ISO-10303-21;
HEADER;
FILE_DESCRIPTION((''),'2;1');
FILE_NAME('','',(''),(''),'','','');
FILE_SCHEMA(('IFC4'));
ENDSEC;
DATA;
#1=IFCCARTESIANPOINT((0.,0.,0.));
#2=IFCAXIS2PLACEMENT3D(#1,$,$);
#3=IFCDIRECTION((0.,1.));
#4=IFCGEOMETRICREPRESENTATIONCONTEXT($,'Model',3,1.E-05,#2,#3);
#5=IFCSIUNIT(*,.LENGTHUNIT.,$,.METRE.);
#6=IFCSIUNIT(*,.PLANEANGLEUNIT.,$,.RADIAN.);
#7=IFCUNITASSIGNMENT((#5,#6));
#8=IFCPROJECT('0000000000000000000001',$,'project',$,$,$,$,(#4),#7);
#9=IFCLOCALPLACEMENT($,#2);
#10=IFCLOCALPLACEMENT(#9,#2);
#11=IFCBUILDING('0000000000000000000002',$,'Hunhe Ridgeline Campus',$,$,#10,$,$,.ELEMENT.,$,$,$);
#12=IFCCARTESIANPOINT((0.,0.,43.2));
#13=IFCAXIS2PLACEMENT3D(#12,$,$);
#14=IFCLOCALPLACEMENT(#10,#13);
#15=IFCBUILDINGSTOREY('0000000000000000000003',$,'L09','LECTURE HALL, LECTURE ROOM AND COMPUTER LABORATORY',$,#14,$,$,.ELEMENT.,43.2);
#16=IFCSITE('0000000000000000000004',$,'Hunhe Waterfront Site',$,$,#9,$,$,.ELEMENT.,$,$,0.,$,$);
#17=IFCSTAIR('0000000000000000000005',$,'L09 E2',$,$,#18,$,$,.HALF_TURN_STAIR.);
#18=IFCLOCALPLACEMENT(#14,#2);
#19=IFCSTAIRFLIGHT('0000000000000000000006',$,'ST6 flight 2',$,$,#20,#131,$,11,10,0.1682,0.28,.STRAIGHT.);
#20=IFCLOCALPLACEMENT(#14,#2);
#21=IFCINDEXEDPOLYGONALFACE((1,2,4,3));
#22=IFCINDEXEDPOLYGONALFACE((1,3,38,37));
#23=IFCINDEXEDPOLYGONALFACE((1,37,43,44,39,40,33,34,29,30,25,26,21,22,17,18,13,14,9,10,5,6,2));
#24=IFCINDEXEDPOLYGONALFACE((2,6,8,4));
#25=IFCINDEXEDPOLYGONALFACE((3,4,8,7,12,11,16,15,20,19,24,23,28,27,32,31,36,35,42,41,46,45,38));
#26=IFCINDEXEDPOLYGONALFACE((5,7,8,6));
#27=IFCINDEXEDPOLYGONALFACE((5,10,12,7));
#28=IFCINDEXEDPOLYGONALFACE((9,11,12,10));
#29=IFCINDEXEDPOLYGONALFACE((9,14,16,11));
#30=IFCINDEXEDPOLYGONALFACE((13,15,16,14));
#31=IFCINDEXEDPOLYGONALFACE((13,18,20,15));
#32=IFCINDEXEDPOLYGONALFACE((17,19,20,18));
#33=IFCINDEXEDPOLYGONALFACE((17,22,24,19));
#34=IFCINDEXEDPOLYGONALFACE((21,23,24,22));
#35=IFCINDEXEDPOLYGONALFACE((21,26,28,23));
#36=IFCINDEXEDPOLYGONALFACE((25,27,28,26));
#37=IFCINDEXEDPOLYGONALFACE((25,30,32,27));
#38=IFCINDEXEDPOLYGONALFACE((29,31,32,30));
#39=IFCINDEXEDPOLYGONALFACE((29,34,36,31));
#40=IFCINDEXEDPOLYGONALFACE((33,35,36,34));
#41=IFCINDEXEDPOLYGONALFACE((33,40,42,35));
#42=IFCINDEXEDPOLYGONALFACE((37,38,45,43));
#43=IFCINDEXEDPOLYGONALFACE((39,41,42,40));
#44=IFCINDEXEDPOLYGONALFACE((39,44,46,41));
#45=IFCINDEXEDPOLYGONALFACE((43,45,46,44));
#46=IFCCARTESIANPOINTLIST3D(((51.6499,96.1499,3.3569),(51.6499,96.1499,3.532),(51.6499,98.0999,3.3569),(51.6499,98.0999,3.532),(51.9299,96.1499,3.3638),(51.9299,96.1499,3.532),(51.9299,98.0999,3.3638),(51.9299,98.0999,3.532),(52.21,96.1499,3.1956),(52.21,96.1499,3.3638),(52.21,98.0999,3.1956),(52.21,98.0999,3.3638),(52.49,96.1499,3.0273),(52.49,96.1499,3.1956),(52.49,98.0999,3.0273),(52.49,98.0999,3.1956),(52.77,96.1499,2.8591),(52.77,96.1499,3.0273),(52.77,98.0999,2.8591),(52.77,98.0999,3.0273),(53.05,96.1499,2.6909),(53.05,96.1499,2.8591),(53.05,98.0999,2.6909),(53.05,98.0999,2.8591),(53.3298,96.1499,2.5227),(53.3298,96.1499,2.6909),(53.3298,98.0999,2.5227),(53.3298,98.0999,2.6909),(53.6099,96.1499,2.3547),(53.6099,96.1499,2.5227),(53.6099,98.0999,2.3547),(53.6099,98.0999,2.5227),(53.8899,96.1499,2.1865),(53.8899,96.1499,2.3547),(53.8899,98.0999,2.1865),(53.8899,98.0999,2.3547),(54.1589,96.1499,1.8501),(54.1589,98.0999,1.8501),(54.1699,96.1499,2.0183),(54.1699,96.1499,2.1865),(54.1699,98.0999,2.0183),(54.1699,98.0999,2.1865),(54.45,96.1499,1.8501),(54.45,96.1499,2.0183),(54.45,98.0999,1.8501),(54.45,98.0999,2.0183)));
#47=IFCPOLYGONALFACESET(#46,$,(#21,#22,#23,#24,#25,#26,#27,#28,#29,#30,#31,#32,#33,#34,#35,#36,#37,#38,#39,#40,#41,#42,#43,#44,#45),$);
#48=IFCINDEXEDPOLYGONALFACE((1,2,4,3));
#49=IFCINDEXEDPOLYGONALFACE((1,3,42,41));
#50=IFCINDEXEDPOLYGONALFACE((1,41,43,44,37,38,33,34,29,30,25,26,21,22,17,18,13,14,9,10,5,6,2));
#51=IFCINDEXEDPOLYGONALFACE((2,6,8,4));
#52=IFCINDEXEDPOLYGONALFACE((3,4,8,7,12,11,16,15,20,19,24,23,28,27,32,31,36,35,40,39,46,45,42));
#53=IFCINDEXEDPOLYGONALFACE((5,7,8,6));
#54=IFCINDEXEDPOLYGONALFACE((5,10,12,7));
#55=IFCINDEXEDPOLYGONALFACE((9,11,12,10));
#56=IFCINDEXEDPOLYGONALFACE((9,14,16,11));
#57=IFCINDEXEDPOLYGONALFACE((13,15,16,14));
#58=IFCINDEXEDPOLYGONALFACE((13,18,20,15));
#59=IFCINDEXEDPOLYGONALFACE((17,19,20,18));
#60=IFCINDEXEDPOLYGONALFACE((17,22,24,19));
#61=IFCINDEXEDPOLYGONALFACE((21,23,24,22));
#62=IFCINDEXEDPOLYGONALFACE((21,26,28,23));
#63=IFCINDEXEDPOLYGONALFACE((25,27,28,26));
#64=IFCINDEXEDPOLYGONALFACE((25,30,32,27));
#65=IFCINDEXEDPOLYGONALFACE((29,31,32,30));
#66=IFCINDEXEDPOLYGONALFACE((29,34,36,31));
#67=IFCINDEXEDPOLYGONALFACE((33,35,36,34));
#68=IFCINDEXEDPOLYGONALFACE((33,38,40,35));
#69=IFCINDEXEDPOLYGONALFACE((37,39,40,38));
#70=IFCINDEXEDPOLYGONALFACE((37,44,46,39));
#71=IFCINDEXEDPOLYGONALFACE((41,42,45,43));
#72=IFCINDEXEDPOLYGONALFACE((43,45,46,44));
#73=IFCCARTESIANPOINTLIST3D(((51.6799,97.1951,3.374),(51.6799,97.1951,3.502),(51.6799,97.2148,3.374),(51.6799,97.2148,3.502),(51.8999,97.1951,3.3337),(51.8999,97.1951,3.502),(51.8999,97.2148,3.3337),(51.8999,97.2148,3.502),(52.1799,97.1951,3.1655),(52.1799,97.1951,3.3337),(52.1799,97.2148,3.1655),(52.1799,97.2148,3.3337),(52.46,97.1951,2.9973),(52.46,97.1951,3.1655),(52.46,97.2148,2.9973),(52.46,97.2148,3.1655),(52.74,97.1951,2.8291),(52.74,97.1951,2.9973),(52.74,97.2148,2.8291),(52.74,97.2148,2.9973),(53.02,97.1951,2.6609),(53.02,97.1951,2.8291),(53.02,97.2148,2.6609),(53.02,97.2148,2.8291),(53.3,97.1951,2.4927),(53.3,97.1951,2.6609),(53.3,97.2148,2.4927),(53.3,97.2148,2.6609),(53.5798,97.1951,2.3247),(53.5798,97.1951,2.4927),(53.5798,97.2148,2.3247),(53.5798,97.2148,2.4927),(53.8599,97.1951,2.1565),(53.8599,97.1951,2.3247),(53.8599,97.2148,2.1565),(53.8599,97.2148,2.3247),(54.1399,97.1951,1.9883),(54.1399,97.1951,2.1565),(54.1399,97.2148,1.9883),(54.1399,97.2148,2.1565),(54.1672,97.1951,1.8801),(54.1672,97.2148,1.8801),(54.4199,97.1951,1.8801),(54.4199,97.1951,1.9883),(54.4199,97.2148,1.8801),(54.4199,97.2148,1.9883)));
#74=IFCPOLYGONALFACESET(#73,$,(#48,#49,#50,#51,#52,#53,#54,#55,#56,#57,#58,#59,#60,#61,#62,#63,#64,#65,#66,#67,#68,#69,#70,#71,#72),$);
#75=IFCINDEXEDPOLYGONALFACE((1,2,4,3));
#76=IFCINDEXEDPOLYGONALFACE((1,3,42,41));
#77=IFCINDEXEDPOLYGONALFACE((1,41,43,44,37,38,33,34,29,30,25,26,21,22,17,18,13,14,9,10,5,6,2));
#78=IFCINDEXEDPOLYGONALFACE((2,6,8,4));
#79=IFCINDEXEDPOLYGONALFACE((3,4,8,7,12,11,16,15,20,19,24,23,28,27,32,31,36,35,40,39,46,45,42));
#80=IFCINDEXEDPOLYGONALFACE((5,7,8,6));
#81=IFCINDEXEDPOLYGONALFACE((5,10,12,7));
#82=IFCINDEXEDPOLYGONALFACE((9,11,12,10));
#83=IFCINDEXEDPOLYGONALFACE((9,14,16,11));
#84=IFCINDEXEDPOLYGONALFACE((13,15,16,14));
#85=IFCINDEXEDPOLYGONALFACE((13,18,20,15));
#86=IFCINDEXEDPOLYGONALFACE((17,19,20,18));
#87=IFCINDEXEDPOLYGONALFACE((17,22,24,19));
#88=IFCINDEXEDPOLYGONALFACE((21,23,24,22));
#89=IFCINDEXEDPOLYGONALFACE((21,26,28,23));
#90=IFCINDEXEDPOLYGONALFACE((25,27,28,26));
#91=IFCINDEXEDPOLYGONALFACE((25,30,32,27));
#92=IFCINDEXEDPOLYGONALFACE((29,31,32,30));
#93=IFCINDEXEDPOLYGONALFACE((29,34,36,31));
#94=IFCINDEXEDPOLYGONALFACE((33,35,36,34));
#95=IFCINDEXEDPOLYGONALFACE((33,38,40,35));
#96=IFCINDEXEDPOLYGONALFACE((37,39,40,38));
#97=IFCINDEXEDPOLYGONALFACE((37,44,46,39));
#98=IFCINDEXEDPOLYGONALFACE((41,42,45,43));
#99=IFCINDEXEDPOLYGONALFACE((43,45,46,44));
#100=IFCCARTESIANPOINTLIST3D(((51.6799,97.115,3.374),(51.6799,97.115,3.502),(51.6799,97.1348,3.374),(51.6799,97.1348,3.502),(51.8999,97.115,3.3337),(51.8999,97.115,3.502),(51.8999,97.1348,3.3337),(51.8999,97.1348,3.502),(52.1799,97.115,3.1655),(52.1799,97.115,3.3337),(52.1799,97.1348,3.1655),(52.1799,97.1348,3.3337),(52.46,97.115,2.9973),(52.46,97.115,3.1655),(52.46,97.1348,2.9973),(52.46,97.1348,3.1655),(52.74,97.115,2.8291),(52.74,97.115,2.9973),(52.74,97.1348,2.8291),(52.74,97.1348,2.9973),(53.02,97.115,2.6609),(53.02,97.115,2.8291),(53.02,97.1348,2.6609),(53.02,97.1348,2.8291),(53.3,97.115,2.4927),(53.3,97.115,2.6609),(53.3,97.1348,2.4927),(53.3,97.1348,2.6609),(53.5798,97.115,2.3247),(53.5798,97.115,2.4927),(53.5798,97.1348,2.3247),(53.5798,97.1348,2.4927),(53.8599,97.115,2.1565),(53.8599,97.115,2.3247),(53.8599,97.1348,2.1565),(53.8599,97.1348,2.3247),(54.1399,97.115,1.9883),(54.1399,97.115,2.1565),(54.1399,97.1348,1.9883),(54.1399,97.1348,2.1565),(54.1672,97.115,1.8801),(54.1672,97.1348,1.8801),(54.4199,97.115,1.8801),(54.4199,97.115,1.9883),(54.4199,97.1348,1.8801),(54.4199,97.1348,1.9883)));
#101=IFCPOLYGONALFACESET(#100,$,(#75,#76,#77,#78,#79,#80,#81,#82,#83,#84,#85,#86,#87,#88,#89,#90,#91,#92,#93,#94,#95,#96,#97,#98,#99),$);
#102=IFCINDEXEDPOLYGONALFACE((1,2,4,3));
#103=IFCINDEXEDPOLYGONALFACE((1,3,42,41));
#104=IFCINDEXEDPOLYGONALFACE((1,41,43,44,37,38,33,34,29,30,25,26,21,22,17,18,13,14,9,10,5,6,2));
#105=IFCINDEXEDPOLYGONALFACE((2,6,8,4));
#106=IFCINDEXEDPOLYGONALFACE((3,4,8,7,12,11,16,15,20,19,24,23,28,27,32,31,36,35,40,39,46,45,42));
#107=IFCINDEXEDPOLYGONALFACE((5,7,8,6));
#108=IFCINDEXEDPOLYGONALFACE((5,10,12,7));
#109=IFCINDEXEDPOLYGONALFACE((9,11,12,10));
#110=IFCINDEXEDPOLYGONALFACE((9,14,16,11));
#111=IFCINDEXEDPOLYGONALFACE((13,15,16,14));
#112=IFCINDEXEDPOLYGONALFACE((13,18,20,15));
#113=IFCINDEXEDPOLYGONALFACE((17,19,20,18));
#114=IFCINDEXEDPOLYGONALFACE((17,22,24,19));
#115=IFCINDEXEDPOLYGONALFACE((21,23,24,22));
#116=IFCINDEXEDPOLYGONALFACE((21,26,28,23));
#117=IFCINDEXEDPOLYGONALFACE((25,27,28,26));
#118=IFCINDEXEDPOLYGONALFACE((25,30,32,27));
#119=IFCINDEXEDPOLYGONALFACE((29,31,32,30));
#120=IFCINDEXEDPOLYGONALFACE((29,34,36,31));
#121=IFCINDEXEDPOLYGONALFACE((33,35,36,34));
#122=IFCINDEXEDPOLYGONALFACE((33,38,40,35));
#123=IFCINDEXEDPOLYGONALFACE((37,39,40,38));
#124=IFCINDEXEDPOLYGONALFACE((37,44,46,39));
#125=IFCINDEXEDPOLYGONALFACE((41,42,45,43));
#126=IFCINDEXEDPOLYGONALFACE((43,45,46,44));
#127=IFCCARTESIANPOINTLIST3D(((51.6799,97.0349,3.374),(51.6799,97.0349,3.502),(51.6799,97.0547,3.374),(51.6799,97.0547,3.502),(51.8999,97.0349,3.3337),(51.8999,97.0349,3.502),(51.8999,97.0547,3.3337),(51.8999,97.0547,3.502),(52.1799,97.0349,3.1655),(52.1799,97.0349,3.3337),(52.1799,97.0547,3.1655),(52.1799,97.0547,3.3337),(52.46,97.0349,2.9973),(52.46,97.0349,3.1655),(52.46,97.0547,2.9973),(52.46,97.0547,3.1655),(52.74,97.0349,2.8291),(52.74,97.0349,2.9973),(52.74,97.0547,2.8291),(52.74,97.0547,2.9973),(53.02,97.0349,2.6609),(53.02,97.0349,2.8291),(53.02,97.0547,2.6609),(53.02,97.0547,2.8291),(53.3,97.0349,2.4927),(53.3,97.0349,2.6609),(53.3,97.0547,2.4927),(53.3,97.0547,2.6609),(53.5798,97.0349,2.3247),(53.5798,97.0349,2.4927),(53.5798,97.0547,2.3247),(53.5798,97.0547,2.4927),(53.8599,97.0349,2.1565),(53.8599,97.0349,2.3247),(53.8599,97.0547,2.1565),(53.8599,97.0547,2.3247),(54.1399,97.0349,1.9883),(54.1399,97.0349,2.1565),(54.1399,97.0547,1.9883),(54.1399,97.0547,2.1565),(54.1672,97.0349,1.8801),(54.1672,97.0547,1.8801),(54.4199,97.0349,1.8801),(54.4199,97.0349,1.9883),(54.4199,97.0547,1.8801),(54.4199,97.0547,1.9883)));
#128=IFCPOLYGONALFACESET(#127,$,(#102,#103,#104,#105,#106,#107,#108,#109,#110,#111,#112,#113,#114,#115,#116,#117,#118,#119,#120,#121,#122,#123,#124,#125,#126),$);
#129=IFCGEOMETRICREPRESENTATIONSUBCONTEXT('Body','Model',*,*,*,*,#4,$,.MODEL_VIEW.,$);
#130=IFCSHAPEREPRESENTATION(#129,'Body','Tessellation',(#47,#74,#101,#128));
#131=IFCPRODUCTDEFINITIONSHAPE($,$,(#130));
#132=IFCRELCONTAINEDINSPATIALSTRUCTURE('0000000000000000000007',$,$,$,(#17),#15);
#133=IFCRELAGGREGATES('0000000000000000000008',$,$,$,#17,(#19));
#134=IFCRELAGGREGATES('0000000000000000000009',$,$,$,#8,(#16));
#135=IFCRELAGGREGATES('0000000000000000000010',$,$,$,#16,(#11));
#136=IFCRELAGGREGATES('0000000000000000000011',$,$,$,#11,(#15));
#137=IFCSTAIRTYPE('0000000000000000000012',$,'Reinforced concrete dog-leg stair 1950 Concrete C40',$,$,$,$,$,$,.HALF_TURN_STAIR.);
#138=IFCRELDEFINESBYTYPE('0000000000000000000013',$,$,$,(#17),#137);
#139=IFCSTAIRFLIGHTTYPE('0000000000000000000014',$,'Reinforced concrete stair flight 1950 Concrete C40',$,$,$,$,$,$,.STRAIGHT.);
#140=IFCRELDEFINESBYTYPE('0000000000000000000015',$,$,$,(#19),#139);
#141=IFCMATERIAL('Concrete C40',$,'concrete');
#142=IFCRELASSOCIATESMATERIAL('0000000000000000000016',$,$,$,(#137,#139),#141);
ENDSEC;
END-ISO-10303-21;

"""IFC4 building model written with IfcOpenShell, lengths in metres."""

from ifc_helpers import new_model, si_unit, direction, frame, origin, place, context, subcontext, project, spatial, polyline, outline, extrude, material, type_object, element, aggregate, save


model = new_model("IFC4")

# Units and contexts
model_context = context("Model", 3, precision=1e-05, world=origin(), true_north=direction((0.0, 1.0)))
body_context = subcontext(model_context, "Body", "Model", "MODEL_VIEW")
ifc_project = project(units=[si_unit("LENGTHUNIT", "METRE"), si_unit("PLANEANGLEUNIT", "RADIAN")], contexts=[model_context])

# Site, building, storey
site_placement = place(None, origin())
site = spatial("IfcSite", under=ifc_project, at=site_placement, Name="Hunhe Waterfront Site", CompositionType="ELEMENT", RefElevation=0.0)
building_placement = place(site_placement, origin())
building = spatial("IfcBuilding", under=site, at=building_placement, Name="Hunhe Ridgeline Campus", CompositionType="ELEMENT")
storey_placement = place(building_placement, frame((0.0, 0.0, 43.2)))
storey = spatial("IfcBuildingStorey", under=building, at=storey_placement, Name="L09", Description="LECTURE HALL, LECTURE ROOM AND COMPUTER LABORATORY", CompositionType="ELEMENT", Elevation=43.2)

# Stair, stair flight
ifc_material_1 = material(Name="Concrete C40", Category="concrete")
stair_type = type_object("IfcStairType", Name="Reinforced concrete dog-leg stair 1950 Concrete C40", PredefinedType="HALF_TURN_STAIR", material=ifc_material_1)
stair_flight_type = type_object("IfcStairFlightType", Name="Reinforced concrete stair flight 1950 Concrete C40", PredefinedType="STRAIGHT", material=ifc_material_1)
stair_1_placement = place(storey_placement, origin())
stair_1 = element("IfcStair", 1, at=stair_1_placement, inside=storey, type_object=stair_type, Name="L09 E2", PredefinedType="HALF_TURN_STAIR")
stair_flight_1_placement = place(storey_placement, frame((54.45, 97.125, 1.8501), z_axis=(0.0, 0.0, 1.0), x_axis=(-1.0, 0.0, 0.0)))
stair_flight_1 = element("IfcStairFlight", 2, at=stair_flight_1_placement, type_object=stair_flight_type, Name="ST6 flight 2", NumberOfRisers=11, NumberOfTreads=10, PredefinedType="STRAIGHT", RiserHeight=0.1682, TreadLength=0.28, context=body_context, shape_type="SweptSolid", body=[
    extrude(outline(polyline([(0.0, 0.0), (0.0, 0.1682), (0.28, 0.1682), (0.28, 0.3364), (0.5601, 0.3364), (0.5601, 0.5046), (0.8401, 0.5046), (0.8401, 0.6726), (1.1201, 0.6726), (1.1201, 0.8408), (1.3999, 0.8408), (1.3999, 1.009), (1.6799, 1.009), (1.6799, 1.1772), (1.96, 1.1772), (1.96, 1.3455), (2.24, 1.3455), (2.24, 1.5137), (2.52, 1.5137), (2.52, 1.6819), (2.8, 1.6819), (2.8, 1.8501), (2.8, 1.5068), (0.291, 0.0), (0.0, 0.0)])), frame((0.0, 0.9751, 0.0), z_axis=(0.0, -1.0, 0.0), x_axis=(1.0, 0.0, 0.0)), (0.0, 0.0, 1.0), 1.95),
    extrude(outline(polyline([(0.03, 0.03), (0.03, 0.1382), (0.3101, 0.1382), (0.3101, 0.3064), (0.5901, 0.3064), (0.5901, 0.4746), (0.8701, 0.4746), (0.8701, 0.6426), (1.1499, 0.6426), (1.1499, 0.8108), (1.4299, 0.8108), (1.4299, 0.979), (1.71, 0.979), (1.71, 1.1472), (1.99, 1.1472), (1.99, 1.3154), (2.27, 1.3154), (2.27, 1.4836), (2.55, 1.4836), (2.55, 1.6519), (2.77, 1.6519), (2.77, 1.5239), (0.2827, 0.03), (0.03, 0.03)])), frame((0.0, -0.0701, 0.0), z_axis=(0.0, -1.0, 0.0), x_axis=(1.0, 0.0, 0.0)), (0.0, 0.0, 1.0), 0.0198),
    extrude(outline(polyline([(0.03, 0.03), (0.03, 0.1382), (0.3101, 0.1382), (0.3101, 0.3064), (0.5901, 0.3064), (0.5901, 0.4746), (0.8701, 0.4746), (0.8701, 0.6426), (1.1499, 0.6426), (1.1499, 0.8108), (1.4299, 0.8108), (1.4299, 0.979), (1.71, 0.979), (1.71, 1.1472), (1.99, 1.1472), (1.99, 1.3154), (2.27, 1.3154), (2.27, 1.4836), (2.55, 1.4836), (2.55, 1.6519), (2.77, 1.6519), (2.77, 1.5239), (0.2827, 0.03), (0.03, 0.03)])), frame((0.0, 0.01, 0.0), z_axis=(0.0, -1.0, 0.0), x_axis=(1.0, 0.0, 0.0)), (0.0, 0.0, 1.0), 0.0198),
    extrude(outline(polyline([(0.03, 0.03), (0.03, 0.1382), (0.3101, 0.1382), (0.3101, 0.3064), (0.5901, 0.3064), (0.5901, 0.4746), (0.8701, 0.4746), (0.8701, 0.6426), (1.1499, 0.6426), (1.1499, 0.8108), (1.4299, 0.8108), (1.4299, 0.979), (1.71, 0.979), (1.71, 1.1472), (1.99, 1.1472), (1.99, 1.3154), (2.27, 1.3154), (2.27, 1.4836), (2.55, 1.4836), (2.55, 1.6519), (2.77, 1.6519), (2.77, 1.5239), (0.2827, 0.03), (0.03, 0.03)])), frame((0.0, 0.0901, 0.0), z_axis=(0.0, -1.0, 0.0), x_axis=(1.0, 0.0, 0.0)), (0.0, 0.0, 1.0), 0.0198),
])
aggregate(stair_1, [stair_flight_1])

save(model, "model.ifc")
